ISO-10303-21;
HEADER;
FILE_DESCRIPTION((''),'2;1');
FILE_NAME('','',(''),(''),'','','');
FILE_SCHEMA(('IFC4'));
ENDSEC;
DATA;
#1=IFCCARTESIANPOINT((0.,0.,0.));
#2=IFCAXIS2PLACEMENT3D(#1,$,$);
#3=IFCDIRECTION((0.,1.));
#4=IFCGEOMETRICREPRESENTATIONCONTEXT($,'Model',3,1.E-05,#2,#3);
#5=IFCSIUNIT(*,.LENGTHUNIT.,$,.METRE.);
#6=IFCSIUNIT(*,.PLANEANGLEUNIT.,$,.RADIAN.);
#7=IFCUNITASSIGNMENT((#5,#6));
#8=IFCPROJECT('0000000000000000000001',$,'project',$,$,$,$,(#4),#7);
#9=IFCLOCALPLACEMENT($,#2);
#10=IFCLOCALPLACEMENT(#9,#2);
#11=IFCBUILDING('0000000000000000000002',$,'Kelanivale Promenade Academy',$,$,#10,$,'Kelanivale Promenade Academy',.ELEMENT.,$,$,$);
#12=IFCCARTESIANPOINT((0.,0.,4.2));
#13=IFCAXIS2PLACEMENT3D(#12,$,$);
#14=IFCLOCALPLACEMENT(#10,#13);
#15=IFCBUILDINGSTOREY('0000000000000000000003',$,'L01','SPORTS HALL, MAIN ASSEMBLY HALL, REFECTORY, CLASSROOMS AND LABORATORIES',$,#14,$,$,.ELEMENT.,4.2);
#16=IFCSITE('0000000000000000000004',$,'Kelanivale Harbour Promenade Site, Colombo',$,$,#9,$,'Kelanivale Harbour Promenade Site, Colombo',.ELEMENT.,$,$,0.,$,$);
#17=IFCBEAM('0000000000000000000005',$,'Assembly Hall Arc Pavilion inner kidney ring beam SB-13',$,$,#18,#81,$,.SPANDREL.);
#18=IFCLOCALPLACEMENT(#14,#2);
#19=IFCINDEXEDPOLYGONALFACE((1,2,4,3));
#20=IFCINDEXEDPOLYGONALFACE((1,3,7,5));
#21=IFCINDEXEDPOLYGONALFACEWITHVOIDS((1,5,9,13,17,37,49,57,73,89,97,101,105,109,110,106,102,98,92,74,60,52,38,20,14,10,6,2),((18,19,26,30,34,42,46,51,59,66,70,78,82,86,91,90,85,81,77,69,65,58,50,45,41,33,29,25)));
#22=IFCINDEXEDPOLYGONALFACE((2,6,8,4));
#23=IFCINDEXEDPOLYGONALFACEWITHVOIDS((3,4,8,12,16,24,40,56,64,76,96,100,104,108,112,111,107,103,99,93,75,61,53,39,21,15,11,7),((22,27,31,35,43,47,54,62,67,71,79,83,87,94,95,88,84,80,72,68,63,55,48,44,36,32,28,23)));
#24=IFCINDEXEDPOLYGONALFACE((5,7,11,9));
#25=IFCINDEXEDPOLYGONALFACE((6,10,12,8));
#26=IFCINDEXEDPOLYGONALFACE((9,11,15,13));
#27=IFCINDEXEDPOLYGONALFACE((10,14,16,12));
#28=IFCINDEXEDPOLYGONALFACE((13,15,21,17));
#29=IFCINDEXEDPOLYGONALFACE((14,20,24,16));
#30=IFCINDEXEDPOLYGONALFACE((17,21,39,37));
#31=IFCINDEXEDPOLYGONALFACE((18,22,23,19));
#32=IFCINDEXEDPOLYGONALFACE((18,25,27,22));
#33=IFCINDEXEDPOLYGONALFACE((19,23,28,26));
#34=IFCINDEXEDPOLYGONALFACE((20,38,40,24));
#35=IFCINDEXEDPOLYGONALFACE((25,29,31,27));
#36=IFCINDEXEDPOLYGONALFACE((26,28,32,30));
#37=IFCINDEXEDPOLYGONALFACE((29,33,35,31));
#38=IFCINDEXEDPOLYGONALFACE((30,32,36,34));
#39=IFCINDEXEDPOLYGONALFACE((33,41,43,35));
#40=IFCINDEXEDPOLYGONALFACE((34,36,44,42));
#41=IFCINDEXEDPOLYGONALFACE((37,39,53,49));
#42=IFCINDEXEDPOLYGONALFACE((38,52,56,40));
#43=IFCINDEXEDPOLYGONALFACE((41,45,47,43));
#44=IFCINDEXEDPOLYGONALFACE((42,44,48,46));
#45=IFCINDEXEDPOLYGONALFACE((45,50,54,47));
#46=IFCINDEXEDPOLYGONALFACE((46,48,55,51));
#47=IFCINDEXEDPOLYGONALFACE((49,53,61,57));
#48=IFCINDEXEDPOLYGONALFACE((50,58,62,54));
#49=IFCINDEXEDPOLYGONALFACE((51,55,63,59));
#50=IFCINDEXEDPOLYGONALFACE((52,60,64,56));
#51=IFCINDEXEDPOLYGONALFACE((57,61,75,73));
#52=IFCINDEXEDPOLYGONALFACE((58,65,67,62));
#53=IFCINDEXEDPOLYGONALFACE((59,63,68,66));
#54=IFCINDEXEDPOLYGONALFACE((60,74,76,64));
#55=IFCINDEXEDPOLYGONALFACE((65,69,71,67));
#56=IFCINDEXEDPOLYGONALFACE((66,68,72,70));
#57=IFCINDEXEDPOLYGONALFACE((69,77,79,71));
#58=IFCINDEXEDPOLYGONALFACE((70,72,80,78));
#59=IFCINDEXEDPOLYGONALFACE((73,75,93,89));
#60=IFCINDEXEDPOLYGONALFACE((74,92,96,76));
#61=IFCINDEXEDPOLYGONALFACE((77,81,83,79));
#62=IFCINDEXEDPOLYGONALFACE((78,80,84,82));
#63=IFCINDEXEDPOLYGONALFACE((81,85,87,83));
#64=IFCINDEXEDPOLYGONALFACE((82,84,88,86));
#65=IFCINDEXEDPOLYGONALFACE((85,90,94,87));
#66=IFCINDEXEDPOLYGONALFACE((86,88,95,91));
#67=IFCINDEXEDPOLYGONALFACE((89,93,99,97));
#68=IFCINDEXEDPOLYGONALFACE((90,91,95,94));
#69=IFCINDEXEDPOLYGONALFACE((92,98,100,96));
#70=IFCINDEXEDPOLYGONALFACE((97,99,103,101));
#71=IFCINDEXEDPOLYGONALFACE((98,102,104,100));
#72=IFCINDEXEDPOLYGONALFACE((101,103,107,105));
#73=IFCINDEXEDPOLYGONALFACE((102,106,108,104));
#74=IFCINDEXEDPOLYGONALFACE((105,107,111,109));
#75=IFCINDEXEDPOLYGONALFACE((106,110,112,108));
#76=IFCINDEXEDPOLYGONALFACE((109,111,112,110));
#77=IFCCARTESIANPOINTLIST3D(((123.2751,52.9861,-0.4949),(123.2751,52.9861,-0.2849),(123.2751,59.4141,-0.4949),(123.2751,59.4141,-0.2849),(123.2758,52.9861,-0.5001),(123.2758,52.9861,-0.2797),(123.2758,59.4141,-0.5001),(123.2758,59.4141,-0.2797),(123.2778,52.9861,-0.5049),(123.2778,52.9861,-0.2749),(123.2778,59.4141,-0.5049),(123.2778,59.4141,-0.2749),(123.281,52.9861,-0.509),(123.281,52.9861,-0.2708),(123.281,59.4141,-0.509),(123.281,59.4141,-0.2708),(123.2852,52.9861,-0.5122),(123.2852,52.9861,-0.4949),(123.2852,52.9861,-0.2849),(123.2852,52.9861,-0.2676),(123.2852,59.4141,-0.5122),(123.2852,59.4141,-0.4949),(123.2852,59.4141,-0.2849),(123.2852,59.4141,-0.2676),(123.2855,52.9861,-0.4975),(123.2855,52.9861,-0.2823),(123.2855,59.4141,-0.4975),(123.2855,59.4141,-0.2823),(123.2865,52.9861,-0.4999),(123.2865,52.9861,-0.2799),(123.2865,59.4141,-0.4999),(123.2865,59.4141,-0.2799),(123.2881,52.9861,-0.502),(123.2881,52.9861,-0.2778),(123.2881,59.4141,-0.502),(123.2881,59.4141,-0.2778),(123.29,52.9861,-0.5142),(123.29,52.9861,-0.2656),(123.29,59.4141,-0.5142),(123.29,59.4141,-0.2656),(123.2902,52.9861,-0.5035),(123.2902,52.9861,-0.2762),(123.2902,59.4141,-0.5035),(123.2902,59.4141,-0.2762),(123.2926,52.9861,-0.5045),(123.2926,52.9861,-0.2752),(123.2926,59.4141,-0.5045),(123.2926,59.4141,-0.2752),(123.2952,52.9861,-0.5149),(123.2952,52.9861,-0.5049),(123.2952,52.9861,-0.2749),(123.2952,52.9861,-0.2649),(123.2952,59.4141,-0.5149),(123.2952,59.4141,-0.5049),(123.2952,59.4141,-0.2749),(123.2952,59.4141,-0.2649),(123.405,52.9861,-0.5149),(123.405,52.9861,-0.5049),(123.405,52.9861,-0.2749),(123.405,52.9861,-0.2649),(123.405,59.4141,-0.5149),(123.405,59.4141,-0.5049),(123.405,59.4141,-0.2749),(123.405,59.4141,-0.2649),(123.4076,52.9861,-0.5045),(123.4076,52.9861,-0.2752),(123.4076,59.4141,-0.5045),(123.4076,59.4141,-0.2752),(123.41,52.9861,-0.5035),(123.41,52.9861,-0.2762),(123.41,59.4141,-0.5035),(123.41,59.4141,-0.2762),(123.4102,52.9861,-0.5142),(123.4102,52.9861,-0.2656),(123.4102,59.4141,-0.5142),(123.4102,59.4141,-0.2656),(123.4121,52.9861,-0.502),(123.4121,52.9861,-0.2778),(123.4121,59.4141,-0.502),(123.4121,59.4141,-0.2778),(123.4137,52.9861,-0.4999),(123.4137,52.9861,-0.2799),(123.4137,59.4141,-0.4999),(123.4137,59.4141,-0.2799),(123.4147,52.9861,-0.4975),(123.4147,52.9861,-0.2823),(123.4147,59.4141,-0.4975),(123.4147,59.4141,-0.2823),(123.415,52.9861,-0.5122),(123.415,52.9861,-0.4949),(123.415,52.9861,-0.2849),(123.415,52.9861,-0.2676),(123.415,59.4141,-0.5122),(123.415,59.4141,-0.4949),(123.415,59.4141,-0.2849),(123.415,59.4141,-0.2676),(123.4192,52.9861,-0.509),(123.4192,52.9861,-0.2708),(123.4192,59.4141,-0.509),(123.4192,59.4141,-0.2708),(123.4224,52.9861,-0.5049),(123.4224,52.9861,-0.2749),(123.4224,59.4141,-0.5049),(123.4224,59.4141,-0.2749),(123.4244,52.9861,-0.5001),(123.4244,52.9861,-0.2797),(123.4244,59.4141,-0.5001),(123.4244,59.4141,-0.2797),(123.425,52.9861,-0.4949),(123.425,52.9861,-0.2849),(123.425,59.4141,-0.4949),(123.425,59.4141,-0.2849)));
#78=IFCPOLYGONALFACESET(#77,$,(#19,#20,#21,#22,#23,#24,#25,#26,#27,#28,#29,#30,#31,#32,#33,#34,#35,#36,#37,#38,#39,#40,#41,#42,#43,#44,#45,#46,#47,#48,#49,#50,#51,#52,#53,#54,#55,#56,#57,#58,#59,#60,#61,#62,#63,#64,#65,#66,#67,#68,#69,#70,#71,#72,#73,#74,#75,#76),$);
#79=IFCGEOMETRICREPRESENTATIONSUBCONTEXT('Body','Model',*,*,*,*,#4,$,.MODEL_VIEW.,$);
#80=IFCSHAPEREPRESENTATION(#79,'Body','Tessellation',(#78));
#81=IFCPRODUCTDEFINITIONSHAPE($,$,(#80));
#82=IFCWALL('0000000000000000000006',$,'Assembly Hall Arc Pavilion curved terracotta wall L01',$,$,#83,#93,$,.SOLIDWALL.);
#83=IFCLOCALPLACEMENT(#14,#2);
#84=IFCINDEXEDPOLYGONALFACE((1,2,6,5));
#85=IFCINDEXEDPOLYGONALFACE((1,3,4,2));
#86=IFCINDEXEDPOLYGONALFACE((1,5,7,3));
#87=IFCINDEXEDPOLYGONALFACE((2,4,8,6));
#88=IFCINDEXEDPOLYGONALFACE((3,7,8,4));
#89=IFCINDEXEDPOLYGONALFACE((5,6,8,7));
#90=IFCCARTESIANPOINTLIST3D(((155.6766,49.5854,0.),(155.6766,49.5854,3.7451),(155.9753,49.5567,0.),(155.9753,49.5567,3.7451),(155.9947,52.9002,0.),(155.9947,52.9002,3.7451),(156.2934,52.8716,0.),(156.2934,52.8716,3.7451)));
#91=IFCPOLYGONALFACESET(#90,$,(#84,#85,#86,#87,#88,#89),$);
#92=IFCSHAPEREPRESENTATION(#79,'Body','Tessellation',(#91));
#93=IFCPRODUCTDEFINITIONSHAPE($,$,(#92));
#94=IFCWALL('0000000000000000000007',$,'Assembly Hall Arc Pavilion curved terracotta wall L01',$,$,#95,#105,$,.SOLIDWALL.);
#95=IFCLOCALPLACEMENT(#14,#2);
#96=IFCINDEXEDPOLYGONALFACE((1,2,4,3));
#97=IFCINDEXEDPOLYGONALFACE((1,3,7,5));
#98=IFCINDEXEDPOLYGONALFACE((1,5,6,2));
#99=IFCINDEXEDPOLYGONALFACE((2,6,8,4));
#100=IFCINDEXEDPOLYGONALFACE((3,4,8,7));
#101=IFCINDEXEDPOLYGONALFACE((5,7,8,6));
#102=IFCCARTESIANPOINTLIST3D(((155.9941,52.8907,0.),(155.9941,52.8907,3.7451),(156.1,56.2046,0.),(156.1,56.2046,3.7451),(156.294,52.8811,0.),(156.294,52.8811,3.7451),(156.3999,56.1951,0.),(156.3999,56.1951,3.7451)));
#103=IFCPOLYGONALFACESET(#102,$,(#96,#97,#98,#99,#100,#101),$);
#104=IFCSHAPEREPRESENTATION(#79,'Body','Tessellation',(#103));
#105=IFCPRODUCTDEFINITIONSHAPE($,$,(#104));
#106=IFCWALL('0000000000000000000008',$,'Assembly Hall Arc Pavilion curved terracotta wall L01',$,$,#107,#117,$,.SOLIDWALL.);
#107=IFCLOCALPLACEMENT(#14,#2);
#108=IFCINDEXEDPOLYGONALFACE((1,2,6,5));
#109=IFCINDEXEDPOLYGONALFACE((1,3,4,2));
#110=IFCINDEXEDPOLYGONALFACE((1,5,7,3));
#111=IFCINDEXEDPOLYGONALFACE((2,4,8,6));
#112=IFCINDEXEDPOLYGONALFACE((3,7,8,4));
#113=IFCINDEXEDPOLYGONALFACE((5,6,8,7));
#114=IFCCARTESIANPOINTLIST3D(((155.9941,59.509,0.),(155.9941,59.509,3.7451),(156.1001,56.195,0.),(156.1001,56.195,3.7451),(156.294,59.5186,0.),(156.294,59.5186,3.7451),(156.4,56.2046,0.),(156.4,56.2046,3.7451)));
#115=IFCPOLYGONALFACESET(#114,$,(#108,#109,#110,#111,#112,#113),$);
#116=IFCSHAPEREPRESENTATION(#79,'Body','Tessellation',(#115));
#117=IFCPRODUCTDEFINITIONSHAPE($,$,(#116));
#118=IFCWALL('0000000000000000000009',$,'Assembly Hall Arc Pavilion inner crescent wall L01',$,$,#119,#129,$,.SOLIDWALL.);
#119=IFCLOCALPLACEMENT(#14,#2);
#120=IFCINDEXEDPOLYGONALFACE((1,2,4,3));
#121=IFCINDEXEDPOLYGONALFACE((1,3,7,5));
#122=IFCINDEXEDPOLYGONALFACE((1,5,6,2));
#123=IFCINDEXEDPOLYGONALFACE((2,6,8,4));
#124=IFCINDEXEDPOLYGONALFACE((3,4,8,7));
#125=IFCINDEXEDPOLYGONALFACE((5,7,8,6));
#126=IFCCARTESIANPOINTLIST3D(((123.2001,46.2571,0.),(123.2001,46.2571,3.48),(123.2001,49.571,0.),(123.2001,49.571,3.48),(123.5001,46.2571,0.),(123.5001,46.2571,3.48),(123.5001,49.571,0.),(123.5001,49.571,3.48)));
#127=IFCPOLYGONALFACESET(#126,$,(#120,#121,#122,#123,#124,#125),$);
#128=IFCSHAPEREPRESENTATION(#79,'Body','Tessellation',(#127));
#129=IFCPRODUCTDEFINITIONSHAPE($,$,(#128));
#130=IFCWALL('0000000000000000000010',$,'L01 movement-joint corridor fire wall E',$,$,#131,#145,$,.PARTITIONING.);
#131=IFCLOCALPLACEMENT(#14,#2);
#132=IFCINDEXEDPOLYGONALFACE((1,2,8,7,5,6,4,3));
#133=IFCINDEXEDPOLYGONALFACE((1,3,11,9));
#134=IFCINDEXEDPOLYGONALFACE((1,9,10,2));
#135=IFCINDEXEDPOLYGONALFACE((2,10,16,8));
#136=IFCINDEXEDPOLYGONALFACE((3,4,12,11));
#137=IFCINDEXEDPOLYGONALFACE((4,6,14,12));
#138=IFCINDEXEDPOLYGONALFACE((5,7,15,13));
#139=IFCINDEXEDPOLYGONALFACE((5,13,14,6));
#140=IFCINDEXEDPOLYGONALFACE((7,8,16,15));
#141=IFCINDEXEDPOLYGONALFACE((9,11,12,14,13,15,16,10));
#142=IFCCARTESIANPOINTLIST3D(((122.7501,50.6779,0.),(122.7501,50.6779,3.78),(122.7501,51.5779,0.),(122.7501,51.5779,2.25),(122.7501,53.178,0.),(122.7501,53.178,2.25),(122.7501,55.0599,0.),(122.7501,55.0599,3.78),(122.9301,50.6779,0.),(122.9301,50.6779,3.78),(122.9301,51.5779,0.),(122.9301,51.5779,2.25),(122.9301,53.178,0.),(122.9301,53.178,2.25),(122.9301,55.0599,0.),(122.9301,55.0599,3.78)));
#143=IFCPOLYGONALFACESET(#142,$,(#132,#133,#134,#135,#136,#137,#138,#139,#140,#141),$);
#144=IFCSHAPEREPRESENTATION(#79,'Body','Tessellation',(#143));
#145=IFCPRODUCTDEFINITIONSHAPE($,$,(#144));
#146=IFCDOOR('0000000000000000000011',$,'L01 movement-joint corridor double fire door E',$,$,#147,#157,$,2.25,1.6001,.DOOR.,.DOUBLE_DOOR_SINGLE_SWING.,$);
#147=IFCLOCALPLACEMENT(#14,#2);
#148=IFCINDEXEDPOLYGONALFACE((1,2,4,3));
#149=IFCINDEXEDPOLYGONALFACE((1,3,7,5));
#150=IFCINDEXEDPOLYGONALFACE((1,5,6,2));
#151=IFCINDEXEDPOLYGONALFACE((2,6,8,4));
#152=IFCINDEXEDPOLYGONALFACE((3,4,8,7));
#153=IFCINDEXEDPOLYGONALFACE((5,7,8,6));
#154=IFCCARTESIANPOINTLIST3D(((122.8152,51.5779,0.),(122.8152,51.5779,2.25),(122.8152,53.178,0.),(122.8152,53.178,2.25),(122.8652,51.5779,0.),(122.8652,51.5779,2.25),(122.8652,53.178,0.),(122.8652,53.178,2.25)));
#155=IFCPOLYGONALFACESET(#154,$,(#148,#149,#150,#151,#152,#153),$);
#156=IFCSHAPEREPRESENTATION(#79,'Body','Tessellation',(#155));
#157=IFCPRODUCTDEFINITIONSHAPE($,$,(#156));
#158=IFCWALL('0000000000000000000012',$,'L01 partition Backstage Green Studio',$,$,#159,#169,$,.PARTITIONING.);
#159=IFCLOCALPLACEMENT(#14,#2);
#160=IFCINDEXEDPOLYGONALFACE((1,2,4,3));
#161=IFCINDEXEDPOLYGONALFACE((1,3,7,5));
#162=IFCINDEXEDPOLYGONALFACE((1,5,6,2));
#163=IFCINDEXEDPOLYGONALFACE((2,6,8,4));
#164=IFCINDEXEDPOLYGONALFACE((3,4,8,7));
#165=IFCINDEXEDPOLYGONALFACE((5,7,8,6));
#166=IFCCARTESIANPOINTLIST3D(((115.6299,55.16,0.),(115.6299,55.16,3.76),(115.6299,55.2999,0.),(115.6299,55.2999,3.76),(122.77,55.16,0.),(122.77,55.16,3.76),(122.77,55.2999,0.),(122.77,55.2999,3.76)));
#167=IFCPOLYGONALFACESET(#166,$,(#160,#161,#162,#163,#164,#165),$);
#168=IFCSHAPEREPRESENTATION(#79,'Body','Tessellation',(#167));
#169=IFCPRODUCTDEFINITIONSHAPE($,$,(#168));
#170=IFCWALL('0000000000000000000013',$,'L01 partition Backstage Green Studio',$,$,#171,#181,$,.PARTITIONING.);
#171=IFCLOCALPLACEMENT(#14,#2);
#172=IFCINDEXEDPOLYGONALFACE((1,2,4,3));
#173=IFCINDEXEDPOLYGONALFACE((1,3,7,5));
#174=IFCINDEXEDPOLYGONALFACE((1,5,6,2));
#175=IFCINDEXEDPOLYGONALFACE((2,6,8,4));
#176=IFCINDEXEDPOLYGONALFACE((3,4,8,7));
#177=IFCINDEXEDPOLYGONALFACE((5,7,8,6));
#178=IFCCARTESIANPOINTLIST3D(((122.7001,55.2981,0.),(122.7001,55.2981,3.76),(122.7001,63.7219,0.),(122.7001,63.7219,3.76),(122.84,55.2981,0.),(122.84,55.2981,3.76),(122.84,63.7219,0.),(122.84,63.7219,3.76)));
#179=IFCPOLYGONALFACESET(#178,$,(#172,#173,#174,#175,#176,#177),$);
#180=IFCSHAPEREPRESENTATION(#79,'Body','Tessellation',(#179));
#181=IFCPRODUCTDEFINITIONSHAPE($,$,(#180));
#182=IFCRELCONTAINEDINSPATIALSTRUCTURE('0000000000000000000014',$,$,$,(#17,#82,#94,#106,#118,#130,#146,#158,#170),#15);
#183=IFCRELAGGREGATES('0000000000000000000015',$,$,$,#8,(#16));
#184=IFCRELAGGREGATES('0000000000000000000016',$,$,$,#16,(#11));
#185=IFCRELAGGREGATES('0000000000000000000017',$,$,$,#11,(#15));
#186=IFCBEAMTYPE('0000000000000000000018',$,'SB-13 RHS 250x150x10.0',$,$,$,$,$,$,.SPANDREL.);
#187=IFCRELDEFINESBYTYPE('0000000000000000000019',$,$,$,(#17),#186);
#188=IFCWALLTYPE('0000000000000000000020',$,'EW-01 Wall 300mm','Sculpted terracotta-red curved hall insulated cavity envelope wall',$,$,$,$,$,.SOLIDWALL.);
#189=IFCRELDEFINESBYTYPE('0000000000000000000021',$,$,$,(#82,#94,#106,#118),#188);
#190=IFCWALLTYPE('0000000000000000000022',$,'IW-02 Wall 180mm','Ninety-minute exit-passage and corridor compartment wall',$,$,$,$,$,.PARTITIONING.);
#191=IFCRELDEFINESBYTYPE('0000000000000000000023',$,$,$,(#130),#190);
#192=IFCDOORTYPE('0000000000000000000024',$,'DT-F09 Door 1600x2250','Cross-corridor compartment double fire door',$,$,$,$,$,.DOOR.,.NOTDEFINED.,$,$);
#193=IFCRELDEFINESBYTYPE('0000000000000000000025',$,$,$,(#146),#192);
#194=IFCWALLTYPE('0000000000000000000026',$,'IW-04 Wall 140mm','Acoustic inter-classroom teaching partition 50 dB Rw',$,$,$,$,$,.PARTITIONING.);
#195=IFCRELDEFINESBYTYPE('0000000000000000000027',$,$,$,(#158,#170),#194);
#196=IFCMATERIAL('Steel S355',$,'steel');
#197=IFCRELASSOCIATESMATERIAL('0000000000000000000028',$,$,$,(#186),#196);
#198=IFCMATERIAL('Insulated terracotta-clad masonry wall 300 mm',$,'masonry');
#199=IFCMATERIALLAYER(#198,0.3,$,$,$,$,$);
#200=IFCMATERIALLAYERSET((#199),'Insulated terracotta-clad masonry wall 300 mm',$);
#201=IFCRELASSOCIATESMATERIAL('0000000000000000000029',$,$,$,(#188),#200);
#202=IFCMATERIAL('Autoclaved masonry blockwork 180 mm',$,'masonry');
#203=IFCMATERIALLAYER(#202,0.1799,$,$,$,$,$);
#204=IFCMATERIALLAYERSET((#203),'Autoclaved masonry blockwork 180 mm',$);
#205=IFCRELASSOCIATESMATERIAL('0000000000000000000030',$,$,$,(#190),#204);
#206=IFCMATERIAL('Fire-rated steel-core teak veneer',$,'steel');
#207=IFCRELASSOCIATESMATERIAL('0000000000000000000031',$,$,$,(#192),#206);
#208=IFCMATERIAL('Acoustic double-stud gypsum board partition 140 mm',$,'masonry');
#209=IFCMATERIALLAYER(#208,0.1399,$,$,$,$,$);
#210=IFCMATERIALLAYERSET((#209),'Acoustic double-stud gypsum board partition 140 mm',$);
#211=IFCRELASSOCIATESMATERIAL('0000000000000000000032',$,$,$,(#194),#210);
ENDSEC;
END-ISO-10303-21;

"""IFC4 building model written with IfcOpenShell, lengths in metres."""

from ifc_helpers import new_model, si_unit, direction, frame, frame_2d, origin, origin_2d, place, context, subcontext, project, spatial, rectangle, hollow_rectangle, extrude, material, layer, layer_set, material_profile, profile_set, type_object, element, fill, save


model = new_model("IFC4")

# Units and contexts
model_context = context("Model", 3, precision=1e-05, world=origin(), true_north=direction((0.0, 1.0)))
body_context = subcontext(model_context, "Body", "Model", "MODEL_VIEW")
ifc_project = project(units=[si_unit("LENGTHUNIT", "METRE"), si_unit("PLANEANGLEUNIT", "RADIAN")], contexts=[model_context])

# Site, building, storey
site_placement = place(None, origin())
site = spatial("IfcSite", under=ifc_project, at=site_placement, Name="Kelanivale Harbour Promenade Site, Colombo", LongName="Kelanivale Harbour Promenade Site, Colombo", CompositionType="ELEMENT", RefElevation=0.0)
building_placement = place(site_placement, origin())
building = spatial("IfcBuilding", under=site, at=building_placement, Name="Kelanivale Promenade Academy", LongName="Kelanivale Promenade Academy", CompositionType="ELEMENT")
storey_placement = place(building_placement, frame((0.0, 0.0, 4.2)))
storey = spatial("IfcBuildingStorey", under=building, at=storey_placement, Name="L01", Description="SPORTS HALL, MAIN ASSEMBLY HALL, REFECTORY, CLASSROOMS AND LABORATORIES", CompositionType="ELEMENT", Elevation=4.2)

# Shared definitions
ifc_material_1 = material(Name="Steel S355", Category="steel")

# Beam
ifc_material_profile_1 = material_profile(ifc_material_1, hollow_rectangle(XDim=0.1499, YDim=0.25, WallThickness=0.01, InnerFilletRadius=0.01, OuterFilletRadius=0.02, at=origin_2d()), Name="RHS 250x150x10.0")
ifc_profile_set_1 = profile_set([ifc_material_profile_1], Name="Steel S355")
beam_type_1 = type_object("IfcBeamType", Name="SB-13 RHS 250x150x10.0", PredefinedType="SPANDREL", material=ifc_profile_set_1)
for number, where, z_axis, x_axis, name in (
    (1, (123.3501, 52.9861, -0.3899), (0.0, 1.0, 0.0), (-1.0, 0.0, 0.0), "Assembly Hall Arc Pavilion inner kidney ring beam SB-13"),
):
    element("IfcBeam", number, at=place(storey_placement, frame(where, z_axis=z_axis, x_axis=x_axis)), inside=storey, type_object=beam_type_1, Name=name, PredefinedType="SPANDREL", context=body_context, shape_type="SweptSolid", body=[
        extrude(hollow_rectangle(XDim=0.1499, YDim=0.25, WallThickness=0.01, InnerFilletRadius=0.01, OuterFilletRadius=0.02, at=origin_2d()), origin(), (0.0, 0.0, 1.0), 6.428),
    ])

# Walls
ifc_material_2 = material(Name="Insulated terracotta-clad masonry wall 300 mm", Category="masonry")
ifc_layer_1 = layer(ifc_material_2, 0.3)
ifc_layer_set_1 = layer_set([ifc_layer_1], Name="Insulated terracotta-clad masonry wall 300 mm")
wall_type_1 = type_object("IfcWallType", Name="EW-01 Wall 300mm", Description="Sculpted terracotta-red curved hall insulated cavity envelope wall", PredefinedType="SOLIDWALL", material=ifc_layer_set_1)
wall_1_placement = place(storey_placement, frame((155.8259, 49.571, 0.0), z_axis=(0.0, 0.0, 1.0), x_axis=(0.095525, 0.995427, 0.0)))
element("IfcWall", 2, at=wall_1_placement, inside=storey, type_object=wall_type_1, Name="Assembly Hall Arc Pavilion curved terracotta wall L01", PredefinedType="SOLIDWALL", context=body_context, shape_type="SweptSolid", body=[
    extrude(rectangle(XDim=3.3301, YDim=0.3, at=frame_2d((1.665, 0.0))), origin(), (0.0, 0.0, 1.0), 3.7451),
])
for number, where, z_axis, x_axis, name in (
    (3, (156.144, 52.886, 0.0), (0.0, 0.0, 1.0), (0.031957, 0.999489, 0.0), "Assembly Hall Arc Pavilion curved terracotta wall L01"),
    (4, (156.25, 56.2, 0.0), (0.0, 0.0, 1.0), (-0.031957, 0.999489, 0.0), "Assembly Hall Arc Pavilion curved terracotta wall L01"),
):
    element("IfcWall", number, at=place(storey_placement, frame(where, z_axis=z_axis, x_axis=x_axis)), inside=storey, type_object=wall_type_1, Name=name, PredefinedType="SOLIDWALL", context=body_context, shape_type="SweptSolid", body=[
        extrude(rectangle(XDim=3.3157, YDim=0.3, at=frame_2d((1.6577, 0.0))), origin(), (0.0, 0.0, 1.0), 3.7451),
    ])
wall_2_placement = place(storey_placement, frame((123.3501, 49.571, 0.0), z_axis=(0.0, 0.0, 1.0), x_axis=(0.0, -1.0, 0.0)))
element("IfcWall", 5, at=wall_2_placement, inside=storey, type_object=wall_type_1, Name="Assembly Hall Arc Pavilion inner crescent wall L01", PredefinedType="SOLIDWALL", context=body_context, shape_type="SweptSolid", body=[
    extrude(rectangle(XDim=3.314, YDim=0.3, at=frame_2d((1.657, 0.0))), origin(), (0.0, 0.0, 1.0), 3.48),
])

# Wall, opening, door
ifc_material_3 = material(Name="Autoclaved masonry blockwork 180 mm", Category="masonry")
ifc_layer_2 = layer(ifc_material_3, 0.1799)
ifc_layer_set_2 = layer_set([ifc_layer_2], Name="Autoclaved masonry blockwork 180 mm")
wall_type_2 = type_object("IfcWallType", Name="IW-02 Wall 180mm", Description="Ninety-minute exit-passage and corridor compartment wall", PredefinedType="PARTITIONING", material=ifc_layer_set_2)
wall_3_placement = place(storey_placement, frame((122.8401, 50.678, 0.0), z_axis=(0.0, 0.0, 1.0), x_axis=(0.0, 1.0, 0.0)))
wall_3 = element("IfcWall", 6, at=wall_3_placement, inside=storey, type_object=wall_type_2, Name="L01 movement-joint corridor fire wall E", PredefinedType="PARTITIONING", context=body_context, shape_type="SweptSolid", body=[
    extrude(rectangle(XDim=4.3821, YDim=0.1799, at=frame_2d((2.1909, 0.0))), origin(), (0.0, 0.0, 1.0), 3.78),
])
opening_placement = place(wall_3_placement, frame((0.8999, 0.0, 0.0)))
opening = element("IfcOpeningElement", 7, at=opening_placement, cuts=wall_3, PredefinedType="OPENING", context=body_context, shape_type="SweptSolid", body=[
    extrude(rectangle(XDim=1.6001, YDim=2.25, at=frame_2d((0.8, 1.125))), frame((0.0, 0.1001, 0.0), z_axis=(0.0, -1.0, 0.0), x_axis=(1.0, 0.0, 0.0)), (0.0, 0.0, 1.0), 0.2),
])
ifc_material_4 = material(Name="Fire-rated steel-core teak veneer", Category="steel")
door_type = type_object("IfcDoorType", Name="DT-F09 Door 1600x2250", Description="Cross-corridor compartment double fire door", OperationType="NOTDEFINED", PredefinedType="DOOR", material=ifc_material_4)
door_placement = place(opening_placement, origin())
door = element("IfcDoor", 8, at=door_placement, inside=storey, type_object=door_type, Name="L01 movement-joint corridor double fire door E", OperationType="DOUBLE_DOOR_SINGLE_SWING", OverallHeight=2.25, OverallWidth=1.6001, PredefinedType="DOOR", context=body_context, shape_type="SweptSolid", body=[
    extrude(rectangle(XDim=1.6001, YDim=2.25, at=frame_2d((0.8, 1.125))), frame((0.0, 0.0249, 0.0), z_axis=(0.0, -1.0, 0.0), x_axis=(1.0, 0.0, 0.0)), (0.0, 0.0, 1.0), 0.05),
])
fill(opening, door)

# Walls
ifc_material_5 = material(Name="Acoustic double-stud gypsum board partition 140 mm", Category="masonry")
ifc_layer_3 = layer(ifc_material_5, 0.1399)
ifc_layer_set_3 = layer_set([ifc_layer_3], Name="Acoustic double-stud gypsum board partition 140 mm")
wall_type_3 = type_object("IfcWallType", Name="IW-04 Wall 140mm", Description="Acoustic inter-classroom teaching partition 50 dB Rw", PredefinedType="PARTITIONING", material=ifc_layer_set_3)
wall_4_placement = place(storey_placement, frame((115.6299, 55.23, 0.0), z_axis=(0.0, 0.0, 1.0), x_axis=(1.0, 0.0, 0.0)))
element("IfcWall", 9, at=wall_4_placement, inside=storey, type_object=wall_type_3, Name="L01 partition Backstage Green Studio", PredefinedType="PARTITIONING", context=body_context, shape_type="SweptSolid", body=[
    extrude(rectangle(XDim=7.1401, YDim=0.1399, at=frame_2d((3.5701, 0.0))), origin(), (0.0, 0.0, 1.0), 3.76),
])
wall_5_placement = place(storey_placement, frame((122.77, 55.2981, 0.0), z_axis=(0.0, 0.0, 1.0), x_axis=(0.0, 1.0, 0.0)))
element("IfcWall", 10, at=wall_5_placement, inside=storey, type_object=wall_type_3, Name="L01 partition Backstage Green Studio", PredefinedType="PARTITIONING", context=body_context, shape_type="SweptSolid", body=[
    extrude(rectangle(XDim=8.4238, YDim=0.1399, at=frame_2d((4.2119, 0.0))), origin(), (0.0, 0.0, 1.0), 3.76),
])

save(model, "model.ifc")
